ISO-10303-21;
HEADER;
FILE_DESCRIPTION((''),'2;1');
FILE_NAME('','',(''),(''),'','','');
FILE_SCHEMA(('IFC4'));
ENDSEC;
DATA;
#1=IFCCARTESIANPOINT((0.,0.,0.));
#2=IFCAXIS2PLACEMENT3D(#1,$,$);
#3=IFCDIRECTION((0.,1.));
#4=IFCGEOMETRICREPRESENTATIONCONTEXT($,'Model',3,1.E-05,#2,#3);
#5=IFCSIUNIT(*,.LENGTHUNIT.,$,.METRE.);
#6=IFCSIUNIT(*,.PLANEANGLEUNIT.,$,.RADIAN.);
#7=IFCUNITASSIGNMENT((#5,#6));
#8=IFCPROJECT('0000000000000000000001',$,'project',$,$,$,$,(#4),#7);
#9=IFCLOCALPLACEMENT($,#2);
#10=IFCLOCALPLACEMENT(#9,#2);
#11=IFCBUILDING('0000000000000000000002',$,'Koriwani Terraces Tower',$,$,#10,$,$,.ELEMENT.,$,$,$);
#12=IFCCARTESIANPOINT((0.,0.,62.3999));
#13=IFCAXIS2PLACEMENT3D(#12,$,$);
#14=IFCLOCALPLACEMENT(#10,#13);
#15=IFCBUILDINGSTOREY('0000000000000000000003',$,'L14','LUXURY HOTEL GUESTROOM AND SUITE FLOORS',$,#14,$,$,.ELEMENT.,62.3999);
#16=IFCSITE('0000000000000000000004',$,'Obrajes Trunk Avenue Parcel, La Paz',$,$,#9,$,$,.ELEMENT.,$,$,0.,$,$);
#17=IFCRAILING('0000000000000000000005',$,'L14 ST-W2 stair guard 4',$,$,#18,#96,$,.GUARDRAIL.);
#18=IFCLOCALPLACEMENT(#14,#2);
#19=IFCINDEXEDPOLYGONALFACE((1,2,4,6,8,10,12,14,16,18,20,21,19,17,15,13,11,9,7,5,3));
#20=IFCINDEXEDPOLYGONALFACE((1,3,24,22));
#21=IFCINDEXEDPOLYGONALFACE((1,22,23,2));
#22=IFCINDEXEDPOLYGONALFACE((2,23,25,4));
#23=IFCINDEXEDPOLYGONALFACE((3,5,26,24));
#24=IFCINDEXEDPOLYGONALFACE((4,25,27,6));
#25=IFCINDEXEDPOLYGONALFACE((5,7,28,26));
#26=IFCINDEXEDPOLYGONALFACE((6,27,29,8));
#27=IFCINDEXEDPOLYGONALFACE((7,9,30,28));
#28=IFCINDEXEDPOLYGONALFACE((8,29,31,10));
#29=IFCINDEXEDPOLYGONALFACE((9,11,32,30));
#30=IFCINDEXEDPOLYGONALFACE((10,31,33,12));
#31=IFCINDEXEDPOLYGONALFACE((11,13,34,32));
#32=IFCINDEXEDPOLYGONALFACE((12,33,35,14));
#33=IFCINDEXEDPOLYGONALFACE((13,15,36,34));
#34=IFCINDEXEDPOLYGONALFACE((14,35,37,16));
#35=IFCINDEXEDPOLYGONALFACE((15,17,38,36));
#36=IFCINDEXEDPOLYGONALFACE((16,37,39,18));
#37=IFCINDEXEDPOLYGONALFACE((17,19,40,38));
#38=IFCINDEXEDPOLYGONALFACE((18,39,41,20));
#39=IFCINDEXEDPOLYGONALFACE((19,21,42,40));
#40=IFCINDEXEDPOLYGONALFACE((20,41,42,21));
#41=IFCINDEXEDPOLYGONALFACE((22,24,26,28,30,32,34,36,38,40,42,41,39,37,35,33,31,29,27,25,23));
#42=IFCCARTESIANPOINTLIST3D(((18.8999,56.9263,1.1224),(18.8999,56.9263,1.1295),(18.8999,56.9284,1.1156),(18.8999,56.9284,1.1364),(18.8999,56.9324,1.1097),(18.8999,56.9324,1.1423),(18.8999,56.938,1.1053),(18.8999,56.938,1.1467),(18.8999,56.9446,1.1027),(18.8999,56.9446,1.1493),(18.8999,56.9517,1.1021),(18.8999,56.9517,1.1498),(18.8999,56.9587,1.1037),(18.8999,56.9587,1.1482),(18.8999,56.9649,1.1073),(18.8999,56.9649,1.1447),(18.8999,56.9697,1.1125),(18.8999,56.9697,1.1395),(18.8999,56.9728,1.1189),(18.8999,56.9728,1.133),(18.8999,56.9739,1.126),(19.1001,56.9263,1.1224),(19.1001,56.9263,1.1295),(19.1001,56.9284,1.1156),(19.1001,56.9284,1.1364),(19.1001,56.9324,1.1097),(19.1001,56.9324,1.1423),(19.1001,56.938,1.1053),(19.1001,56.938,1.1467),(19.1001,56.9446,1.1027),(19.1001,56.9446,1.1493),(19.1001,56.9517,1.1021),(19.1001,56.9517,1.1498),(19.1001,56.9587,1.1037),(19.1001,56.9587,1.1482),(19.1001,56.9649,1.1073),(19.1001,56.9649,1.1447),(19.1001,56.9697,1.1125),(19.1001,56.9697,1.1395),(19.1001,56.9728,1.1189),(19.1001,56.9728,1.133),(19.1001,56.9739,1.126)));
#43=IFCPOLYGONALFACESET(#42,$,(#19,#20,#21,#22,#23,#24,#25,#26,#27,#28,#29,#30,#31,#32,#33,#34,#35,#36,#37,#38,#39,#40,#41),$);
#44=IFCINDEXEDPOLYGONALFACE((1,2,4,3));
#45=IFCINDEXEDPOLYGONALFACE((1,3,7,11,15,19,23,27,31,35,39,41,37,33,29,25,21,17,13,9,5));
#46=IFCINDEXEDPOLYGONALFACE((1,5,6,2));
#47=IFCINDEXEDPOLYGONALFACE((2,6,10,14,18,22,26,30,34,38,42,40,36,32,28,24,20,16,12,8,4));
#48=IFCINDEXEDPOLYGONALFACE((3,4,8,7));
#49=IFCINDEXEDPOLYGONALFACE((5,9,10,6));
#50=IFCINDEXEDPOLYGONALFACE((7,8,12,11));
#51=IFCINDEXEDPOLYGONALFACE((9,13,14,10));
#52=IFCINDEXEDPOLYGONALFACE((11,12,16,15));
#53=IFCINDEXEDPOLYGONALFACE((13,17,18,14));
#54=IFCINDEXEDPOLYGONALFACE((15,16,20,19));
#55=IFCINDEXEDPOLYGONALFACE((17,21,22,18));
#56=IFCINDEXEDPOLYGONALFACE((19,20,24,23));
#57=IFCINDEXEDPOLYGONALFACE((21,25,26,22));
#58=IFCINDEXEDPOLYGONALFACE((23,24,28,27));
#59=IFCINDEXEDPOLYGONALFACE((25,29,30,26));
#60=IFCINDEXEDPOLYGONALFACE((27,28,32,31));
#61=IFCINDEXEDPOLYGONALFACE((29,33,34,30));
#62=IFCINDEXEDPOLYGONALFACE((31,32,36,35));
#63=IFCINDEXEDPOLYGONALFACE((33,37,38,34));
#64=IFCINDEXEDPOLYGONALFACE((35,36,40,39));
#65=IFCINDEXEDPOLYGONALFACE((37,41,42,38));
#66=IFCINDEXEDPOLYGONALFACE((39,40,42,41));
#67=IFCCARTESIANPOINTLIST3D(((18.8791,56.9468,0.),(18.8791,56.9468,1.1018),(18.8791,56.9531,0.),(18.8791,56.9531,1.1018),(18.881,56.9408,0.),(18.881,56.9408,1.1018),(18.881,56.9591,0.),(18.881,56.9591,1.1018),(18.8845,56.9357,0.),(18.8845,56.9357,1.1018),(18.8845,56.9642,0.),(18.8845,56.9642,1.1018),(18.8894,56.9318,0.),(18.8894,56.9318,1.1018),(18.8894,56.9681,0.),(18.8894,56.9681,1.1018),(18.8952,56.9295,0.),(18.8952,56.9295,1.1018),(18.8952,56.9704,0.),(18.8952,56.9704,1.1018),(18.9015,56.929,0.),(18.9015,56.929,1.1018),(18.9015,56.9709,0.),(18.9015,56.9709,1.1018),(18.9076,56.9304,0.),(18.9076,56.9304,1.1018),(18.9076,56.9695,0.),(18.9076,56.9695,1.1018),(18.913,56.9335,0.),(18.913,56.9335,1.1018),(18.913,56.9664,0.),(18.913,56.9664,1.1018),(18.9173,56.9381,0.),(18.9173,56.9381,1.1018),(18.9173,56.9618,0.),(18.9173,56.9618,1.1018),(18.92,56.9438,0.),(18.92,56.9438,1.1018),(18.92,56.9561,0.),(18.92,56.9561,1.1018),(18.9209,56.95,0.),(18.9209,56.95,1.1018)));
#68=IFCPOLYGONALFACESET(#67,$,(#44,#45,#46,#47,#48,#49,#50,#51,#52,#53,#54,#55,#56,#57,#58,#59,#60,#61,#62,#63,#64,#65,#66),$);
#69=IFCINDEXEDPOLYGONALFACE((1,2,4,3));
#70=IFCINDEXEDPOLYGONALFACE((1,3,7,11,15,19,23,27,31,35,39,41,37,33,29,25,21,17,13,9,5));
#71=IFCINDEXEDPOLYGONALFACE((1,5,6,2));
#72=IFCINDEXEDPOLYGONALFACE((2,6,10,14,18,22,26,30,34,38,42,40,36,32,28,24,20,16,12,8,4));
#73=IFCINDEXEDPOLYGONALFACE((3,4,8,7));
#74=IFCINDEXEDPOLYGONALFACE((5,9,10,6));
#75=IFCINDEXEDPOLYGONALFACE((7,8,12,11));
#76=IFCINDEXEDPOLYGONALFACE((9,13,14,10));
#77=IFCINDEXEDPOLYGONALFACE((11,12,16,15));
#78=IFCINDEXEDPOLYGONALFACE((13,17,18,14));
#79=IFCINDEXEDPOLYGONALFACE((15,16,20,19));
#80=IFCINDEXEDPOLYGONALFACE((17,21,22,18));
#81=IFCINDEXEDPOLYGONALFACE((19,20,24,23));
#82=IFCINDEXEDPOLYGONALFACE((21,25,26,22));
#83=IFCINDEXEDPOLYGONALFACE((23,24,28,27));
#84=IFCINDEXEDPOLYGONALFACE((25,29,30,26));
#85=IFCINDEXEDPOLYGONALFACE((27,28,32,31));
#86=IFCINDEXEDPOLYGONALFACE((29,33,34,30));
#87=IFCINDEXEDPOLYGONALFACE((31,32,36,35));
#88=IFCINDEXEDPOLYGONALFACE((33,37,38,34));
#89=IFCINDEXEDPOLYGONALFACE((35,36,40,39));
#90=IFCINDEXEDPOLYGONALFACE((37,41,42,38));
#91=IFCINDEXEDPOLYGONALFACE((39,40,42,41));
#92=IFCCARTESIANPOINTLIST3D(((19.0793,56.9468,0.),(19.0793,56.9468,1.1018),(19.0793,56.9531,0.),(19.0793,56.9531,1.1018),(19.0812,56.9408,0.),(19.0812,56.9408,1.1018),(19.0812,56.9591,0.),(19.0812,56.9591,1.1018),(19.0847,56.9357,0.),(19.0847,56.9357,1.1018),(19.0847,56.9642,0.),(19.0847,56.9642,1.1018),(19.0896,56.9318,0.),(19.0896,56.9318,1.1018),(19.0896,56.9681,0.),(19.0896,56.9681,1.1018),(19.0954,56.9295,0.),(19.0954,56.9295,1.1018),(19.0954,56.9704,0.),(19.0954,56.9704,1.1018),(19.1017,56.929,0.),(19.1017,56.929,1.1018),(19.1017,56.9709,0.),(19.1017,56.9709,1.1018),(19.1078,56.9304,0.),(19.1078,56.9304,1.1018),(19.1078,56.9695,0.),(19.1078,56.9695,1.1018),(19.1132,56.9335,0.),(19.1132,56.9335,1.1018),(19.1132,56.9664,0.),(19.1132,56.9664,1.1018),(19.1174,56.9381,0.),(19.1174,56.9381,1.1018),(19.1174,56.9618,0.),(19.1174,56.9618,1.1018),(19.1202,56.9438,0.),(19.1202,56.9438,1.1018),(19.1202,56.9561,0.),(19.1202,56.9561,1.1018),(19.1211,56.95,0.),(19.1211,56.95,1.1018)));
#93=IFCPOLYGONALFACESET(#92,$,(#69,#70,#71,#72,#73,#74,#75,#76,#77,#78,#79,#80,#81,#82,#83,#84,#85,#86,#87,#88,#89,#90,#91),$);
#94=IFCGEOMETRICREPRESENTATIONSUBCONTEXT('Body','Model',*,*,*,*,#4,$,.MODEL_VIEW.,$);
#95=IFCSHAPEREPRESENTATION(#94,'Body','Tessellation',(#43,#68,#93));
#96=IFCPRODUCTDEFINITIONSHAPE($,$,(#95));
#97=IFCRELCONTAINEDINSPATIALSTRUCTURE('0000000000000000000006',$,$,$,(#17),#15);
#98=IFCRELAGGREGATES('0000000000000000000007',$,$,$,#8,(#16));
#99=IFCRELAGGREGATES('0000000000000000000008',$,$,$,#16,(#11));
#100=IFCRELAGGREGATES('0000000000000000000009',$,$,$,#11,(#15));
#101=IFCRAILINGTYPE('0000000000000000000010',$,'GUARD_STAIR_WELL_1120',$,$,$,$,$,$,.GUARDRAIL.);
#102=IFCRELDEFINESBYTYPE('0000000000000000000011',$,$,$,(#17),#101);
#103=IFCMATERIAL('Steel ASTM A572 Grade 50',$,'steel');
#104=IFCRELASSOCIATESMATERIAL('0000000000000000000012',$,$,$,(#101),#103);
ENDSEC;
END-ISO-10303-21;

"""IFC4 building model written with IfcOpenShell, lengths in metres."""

from ifc_helpers import new_model, si_unit, direction, frame, origin, origin_2d, place, context, subcontext, project, spatial, circle, extrude, material, type_object, element, save


model = new_model("IFC4")

# Units and contexts
model_context = context("Model", 3, precision=1e-05, world=origin(), true_north=direction((0.0, 1.0)))
body_context = subcontext(model_context, "Body", "Model", "MODEL_VIEW")
ifc_project = project(units=[si_unit("LENGTHUNIT", "METRE"), si_unit("PLANEANGLEUNIT", "RADIAN")], contexts=[model_context])

# Site, building, storey
site_placement = place(None, origin())
site = spatial("IfcSite", under=ifc_project, at=site_placement, Name="Obrajes Trunk Avenue Parcel, La Paz", CompositionType="ELEMENT", RefElevation=0.0)
building_placement = place(site_placement, origin())
building = spatial("IfcBuilding", under=site, at=building_placement, Name="Koriwani Terraces Tower", CompositionType="ELEMENT")
storey_placement = place(building_placement, frame((0.0, 0.0, 62.3999)))
storey = spatial("IfcBuildingStorey", under=building, at=storey_placement, Name="L14", Description="LUXURY HOTEL GUESTROOM AND SUITE FLOORS", CompositionType="ELEMENT", Elevation=62.3999)

# Shared definitions
ifc_material_1 = material(Name="Steel ASTM A572 Grade 50", Category="steel")

# Railing
railing_type_1 = type_object("IfcRailingType", Name="GUARD_STAIR_WELL_1120", PredefinedType="GUARDRAIL", material=ifc_material_1)
railing_1_placement = place(storey_placement, frame((18.8999, 56.95, 0.0)))
element("IfcRailing", 1, at=railing_1_placement, inside=storey, type_object=railing_type_1, Name="L14 ST-W2 stair guard 4", PredefinedType="GUARDRAIL", context=body_context, shape_type="SweptSolid", body=[
    extrude(circle(Radius=0.0239, at=origin_2d()), frame((0.0, 0.0, 1.126), z_axis=(1.0, 0.0, 0.0), x_axis=(0.0, 1.0, 0.0)), (0.0, 0.0, 1.0), 0.2002),
    extrude(circle(Radius=0.021, at=origin_2d()), origin(), (0.0, 0.0, 1.0), 1.1018),
    extrude(circle(Radius=0.021, at=origin_2d()), frame((0.2002, 0.0, 0.0)), (0.0, 0.0, 1.0), 1.1018),
])

save(model, "model.ifc")
